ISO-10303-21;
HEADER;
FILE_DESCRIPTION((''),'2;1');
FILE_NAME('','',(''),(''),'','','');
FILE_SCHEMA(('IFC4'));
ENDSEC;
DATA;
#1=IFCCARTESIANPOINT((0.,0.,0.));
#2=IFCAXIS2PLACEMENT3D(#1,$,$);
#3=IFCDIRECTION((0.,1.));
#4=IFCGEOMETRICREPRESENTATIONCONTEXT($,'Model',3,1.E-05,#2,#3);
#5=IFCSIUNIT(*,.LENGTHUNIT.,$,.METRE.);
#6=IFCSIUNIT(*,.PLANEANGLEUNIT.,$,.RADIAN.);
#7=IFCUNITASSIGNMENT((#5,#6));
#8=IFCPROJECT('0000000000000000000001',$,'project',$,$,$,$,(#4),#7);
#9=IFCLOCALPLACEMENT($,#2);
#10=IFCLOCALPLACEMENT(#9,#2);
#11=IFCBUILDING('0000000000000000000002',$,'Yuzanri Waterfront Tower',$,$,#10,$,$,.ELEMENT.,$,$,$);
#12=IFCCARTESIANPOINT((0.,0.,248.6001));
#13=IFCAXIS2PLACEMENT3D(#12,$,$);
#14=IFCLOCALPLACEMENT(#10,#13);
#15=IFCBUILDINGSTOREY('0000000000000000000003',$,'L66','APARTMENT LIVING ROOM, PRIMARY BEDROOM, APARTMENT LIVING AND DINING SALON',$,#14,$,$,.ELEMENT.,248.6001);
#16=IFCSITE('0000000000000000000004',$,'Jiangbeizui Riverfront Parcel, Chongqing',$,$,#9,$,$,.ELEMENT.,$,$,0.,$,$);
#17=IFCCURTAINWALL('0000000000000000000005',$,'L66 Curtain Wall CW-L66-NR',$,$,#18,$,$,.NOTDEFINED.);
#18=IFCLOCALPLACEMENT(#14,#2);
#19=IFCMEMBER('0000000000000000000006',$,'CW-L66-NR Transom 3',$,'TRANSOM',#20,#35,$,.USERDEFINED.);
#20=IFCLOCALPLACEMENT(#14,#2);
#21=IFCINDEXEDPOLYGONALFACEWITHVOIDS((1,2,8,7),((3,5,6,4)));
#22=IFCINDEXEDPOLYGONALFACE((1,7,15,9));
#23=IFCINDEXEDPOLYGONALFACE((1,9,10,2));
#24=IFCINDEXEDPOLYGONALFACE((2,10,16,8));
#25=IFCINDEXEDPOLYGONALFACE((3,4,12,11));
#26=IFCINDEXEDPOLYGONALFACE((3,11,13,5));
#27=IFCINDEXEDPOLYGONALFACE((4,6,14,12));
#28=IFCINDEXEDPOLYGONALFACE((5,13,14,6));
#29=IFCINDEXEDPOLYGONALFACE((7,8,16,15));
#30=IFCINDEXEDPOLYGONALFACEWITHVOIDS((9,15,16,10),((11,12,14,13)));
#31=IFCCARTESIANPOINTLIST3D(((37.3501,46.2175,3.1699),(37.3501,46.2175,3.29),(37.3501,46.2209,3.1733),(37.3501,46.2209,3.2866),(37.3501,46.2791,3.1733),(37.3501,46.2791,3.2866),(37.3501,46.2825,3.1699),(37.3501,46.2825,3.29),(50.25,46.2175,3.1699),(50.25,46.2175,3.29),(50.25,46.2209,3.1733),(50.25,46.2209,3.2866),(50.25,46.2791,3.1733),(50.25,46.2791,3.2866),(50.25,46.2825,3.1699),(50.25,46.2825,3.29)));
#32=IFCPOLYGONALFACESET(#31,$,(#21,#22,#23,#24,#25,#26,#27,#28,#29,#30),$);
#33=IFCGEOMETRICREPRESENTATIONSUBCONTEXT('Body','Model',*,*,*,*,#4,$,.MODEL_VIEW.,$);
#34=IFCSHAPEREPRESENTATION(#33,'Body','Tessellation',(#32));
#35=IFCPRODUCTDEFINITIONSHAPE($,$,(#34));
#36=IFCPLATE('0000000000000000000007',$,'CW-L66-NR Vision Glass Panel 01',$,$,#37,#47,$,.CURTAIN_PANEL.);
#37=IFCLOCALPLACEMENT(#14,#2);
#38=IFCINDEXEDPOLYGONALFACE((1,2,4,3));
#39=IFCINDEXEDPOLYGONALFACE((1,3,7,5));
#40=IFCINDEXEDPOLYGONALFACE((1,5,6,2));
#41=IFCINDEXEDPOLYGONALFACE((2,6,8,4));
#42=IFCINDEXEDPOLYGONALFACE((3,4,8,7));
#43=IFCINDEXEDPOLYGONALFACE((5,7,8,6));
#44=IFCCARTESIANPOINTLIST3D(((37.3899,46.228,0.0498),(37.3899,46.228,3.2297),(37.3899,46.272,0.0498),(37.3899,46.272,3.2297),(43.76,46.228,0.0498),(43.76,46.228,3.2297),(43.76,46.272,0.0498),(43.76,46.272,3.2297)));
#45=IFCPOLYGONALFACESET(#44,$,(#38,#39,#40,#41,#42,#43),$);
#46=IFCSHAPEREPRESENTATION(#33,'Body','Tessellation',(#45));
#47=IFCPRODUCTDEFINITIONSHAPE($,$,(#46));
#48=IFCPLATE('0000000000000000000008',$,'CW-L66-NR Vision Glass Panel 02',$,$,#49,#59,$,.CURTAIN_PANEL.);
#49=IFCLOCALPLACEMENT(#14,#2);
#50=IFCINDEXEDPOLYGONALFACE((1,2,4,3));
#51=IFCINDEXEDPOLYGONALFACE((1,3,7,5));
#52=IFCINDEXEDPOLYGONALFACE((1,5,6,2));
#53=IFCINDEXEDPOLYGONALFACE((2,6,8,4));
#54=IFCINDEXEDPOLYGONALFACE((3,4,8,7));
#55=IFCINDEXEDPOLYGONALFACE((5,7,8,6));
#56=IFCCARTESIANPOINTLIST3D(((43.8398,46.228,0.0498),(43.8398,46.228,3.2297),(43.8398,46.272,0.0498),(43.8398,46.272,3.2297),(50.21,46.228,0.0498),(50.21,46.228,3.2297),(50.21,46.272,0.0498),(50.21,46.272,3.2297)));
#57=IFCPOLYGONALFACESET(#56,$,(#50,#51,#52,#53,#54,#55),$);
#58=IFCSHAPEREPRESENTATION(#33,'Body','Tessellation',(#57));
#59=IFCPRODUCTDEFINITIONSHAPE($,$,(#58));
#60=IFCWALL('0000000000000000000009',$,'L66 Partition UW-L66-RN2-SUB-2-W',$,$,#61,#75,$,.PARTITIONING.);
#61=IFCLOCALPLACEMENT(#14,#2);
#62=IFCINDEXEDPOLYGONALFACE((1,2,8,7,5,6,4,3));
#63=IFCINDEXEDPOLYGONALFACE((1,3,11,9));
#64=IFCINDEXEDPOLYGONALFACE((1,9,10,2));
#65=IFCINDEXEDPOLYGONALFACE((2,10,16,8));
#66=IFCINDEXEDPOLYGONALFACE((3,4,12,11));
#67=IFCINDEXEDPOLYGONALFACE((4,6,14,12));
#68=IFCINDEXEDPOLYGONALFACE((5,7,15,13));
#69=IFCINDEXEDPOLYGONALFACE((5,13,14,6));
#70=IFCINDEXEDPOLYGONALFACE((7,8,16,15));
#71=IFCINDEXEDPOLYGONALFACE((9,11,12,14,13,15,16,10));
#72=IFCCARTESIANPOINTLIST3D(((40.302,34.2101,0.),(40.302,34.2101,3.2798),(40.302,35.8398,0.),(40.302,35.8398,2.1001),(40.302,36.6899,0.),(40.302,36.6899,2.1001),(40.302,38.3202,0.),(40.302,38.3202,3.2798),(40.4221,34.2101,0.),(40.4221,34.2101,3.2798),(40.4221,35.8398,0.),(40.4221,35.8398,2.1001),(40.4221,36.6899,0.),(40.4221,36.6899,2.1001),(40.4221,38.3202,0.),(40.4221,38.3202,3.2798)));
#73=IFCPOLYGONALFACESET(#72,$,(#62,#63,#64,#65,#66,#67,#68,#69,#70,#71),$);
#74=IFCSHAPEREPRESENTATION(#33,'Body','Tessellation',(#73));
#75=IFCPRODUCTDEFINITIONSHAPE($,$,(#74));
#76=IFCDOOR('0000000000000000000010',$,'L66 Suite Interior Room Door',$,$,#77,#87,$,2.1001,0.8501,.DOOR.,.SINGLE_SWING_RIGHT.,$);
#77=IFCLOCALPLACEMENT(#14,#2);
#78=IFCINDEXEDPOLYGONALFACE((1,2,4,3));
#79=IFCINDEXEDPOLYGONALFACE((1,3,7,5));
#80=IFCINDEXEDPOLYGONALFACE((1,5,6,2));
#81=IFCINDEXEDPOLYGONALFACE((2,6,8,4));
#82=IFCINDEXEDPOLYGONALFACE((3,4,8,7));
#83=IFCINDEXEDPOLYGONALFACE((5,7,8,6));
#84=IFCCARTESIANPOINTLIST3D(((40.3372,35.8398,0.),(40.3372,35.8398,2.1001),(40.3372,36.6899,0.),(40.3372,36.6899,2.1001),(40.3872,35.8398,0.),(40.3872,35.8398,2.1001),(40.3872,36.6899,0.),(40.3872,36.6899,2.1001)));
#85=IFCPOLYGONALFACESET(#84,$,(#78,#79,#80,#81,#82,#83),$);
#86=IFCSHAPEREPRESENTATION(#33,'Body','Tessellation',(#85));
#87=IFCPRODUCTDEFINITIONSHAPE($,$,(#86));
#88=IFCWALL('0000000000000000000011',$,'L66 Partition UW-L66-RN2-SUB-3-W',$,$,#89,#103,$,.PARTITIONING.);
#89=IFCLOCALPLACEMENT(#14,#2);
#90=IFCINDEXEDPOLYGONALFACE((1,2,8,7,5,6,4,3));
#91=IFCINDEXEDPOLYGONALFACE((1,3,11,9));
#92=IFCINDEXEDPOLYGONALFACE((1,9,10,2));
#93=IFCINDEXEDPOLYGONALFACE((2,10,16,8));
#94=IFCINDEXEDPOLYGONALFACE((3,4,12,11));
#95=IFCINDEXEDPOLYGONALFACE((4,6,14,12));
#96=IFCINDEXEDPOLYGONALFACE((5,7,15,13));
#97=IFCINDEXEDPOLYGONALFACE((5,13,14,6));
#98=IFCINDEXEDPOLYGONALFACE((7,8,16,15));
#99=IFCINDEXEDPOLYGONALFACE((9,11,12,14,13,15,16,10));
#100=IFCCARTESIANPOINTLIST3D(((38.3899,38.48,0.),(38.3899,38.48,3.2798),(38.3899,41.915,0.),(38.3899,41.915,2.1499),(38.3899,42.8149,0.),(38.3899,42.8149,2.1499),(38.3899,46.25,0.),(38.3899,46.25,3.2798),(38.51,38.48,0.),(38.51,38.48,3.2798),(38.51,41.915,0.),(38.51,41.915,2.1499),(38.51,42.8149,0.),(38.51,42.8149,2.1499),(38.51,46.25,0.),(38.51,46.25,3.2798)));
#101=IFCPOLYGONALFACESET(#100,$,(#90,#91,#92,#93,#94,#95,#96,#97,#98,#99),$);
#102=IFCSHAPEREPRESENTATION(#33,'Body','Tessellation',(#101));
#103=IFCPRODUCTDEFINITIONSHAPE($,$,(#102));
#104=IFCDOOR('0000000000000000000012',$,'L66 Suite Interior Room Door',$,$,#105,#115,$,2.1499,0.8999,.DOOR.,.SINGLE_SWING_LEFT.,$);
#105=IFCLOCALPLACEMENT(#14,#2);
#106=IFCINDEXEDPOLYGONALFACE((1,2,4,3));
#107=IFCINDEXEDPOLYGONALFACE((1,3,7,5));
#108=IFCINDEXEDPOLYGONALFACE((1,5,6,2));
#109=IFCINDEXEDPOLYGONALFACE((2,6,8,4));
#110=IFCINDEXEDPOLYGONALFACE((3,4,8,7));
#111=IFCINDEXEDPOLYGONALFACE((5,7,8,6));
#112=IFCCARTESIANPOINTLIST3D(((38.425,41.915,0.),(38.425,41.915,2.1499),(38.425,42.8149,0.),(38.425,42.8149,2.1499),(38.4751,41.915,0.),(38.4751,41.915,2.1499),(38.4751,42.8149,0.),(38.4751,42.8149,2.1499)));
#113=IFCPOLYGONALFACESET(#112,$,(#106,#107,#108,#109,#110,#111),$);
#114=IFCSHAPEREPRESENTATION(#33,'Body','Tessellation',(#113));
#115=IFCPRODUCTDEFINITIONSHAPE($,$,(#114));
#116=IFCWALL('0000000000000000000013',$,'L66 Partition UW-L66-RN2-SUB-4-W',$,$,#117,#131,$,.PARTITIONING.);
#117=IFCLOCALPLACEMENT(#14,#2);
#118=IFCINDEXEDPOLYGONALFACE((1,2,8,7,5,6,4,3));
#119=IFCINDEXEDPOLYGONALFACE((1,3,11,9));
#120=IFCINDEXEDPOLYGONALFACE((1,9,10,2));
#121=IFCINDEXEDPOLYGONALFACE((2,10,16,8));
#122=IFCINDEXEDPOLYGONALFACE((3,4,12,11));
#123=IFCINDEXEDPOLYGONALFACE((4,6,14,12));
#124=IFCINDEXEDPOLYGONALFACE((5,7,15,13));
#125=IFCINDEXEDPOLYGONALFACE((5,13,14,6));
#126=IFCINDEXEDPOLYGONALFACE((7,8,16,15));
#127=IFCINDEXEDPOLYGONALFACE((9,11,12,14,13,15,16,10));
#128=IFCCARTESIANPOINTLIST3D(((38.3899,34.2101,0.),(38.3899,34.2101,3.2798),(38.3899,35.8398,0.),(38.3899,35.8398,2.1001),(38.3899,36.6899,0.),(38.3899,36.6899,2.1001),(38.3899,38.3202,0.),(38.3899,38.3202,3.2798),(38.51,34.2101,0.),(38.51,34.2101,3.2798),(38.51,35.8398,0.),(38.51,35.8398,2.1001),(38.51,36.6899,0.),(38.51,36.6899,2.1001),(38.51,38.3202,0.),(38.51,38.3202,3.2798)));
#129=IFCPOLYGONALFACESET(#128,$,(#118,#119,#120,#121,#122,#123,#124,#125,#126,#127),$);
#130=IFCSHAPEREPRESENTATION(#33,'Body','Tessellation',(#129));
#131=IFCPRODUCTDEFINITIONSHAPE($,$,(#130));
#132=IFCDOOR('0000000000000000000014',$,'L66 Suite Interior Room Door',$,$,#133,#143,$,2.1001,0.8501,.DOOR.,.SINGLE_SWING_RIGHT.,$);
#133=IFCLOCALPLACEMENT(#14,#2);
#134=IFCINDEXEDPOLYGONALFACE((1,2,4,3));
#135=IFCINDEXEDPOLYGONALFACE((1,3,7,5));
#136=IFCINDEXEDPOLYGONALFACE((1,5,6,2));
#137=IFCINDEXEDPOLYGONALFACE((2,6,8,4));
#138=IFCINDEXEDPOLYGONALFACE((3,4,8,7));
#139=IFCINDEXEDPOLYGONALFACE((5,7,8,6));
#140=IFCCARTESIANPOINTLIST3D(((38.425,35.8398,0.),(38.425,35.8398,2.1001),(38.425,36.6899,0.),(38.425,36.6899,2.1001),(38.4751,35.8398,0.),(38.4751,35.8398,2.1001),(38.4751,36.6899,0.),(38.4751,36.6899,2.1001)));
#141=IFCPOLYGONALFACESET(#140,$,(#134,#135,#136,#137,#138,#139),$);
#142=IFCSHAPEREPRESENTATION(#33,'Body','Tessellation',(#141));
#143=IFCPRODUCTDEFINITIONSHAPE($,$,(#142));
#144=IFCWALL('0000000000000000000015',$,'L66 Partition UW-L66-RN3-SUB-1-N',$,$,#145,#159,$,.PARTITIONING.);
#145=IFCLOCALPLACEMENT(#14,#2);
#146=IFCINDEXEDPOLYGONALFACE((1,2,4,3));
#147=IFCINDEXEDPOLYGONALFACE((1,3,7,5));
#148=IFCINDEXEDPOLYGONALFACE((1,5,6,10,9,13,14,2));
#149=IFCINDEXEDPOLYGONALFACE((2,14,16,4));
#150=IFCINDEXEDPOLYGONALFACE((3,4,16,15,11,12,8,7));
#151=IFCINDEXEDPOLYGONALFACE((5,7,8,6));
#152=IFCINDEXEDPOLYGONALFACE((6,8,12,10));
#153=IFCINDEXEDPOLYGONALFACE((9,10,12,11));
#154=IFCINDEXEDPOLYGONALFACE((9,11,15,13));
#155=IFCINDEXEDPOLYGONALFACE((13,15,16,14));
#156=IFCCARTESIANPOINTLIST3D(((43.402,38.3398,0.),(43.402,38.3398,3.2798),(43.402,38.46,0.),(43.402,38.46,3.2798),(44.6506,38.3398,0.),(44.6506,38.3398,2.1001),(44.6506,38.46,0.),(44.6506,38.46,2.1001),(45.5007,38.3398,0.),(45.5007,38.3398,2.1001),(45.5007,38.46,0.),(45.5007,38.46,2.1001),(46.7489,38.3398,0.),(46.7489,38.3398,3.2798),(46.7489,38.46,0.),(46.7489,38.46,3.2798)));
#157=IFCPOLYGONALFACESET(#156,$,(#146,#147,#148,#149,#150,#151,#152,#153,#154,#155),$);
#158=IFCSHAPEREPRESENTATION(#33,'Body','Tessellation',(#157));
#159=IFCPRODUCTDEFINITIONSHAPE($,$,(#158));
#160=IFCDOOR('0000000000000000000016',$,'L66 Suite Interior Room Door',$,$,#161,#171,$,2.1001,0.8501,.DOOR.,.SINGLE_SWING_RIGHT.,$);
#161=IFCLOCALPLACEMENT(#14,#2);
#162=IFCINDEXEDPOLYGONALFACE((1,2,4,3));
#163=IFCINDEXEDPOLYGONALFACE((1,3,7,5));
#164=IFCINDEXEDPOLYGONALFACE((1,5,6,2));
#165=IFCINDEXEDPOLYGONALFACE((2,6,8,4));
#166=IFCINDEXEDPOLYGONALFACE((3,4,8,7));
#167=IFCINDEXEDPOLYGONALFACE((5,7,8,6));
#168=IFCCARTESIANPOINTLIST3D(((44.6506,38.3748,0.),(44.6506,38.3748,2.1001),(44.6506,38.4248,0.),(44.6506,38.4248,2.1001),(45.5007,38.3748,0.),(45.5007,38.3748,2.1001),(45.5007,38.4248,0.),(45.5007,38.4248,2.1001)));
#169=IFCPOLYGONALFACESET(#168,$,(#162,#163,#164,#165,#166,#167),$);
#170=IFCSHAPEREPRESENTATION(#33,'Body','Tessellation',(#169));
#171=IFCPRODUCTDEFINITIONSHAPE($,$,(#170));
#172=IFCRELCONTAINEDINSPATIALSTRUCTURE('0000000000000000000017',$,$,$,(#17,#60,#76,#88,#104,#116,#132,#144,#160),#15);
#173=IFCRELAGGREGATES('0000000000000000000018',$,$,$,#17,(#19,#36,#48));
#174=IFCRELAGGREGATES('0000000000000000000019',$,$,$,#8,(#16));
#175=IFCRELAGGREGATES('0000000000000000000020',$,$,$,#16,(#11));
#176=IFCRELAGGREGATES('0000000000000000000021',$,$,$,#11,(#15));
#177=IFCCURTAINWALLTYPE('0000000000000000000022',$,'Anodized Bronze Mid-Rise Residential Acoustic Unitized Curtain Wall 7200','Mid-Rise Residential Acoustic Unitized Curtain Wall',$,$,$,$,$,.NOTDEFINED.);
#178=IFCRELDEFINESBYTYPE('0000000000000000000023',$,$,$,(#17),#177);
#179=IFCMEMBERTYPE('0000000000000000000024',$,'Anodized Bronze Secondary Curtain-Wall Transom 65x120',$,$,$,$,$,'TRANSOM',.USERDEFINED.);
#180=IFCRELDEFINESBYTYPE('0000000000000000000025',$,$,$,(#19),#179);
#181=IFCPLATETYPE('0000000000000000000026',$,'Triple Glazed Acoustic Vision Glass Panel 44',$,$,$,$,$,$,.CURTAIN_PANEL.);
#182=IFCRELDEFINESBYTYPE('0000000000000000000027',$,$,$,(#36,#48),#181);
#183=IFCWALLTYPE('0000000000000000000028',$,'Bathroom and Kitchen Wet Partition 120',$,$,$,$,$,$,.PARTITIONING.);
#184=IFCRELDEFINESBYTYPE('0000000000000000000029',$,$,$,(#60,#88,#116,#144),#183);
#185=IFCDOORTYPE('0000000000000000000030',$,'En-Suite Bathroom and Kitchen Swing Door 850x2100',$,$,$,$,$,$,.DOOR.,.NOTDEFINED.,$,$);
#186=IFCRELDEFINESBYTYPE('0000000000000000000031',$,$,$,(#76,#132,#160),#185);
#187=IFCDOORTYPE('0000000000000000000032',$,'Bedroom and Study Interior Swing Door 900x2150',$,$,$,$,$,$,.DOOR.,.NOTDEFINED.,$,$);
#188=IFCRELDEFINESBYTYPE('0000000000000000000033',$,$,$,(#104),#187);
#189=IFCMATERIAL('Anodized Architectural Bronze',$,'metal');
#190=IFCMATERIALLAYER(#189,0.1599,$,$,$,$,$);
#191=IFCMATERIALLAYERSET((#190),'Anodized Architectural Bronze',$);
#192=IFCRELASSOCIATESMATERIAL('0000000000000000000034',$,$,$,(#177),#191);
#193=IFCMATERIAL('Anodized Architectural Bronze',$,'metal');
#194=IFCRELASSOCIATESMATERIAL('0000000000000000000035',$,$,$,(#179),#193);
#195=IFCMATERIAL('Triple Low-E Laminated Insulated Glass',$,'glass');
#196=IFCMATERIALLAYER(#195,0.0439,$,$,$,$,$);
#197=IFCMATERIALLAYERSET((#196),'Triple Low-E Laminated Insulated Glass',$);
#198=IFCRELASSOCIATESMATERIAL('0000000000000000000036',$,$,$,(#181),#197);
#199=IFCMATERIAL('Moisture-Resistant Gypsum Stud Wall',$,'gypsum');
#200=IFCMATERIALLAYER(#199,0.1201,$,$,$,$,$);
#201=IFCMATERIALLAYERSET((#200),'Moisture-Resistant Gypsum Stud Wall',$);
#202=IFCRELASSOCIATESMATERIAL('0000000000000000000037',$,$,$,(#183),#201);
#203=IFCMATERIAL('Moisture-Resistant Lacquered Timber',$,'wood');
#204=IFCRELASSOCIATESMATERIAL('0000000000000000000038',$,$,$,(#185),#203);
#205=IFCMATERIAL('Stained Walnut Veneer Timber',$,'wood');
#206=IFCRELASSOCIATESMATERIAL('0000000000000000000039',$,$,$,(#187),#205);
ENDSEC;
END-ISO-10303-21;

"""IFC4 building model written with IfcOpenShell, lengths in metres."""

from ifc_helpers import new_model, si_unit, direction, frame, frame_2d, origin, origin_2d, place, context, subcontext, project, spatial, rectangle, hollow_rectangle, extrude, source, transform, mapped, material, layer, layer_set, material_profile, profile_set, type_object, element, fill, aggregate, save


model = new_model("IFC4")

# Units and contexts
model_context = context("Model", 3, precision=1e-05, world=origin(), true_north=direction((0.0, 1.0)))
body_context = subcontext(model_context, "Body", "Model", "MODEL_VIEW")
ifc_project = project(units=[si_unit("LENGTHUNIT", "METRE"), si_unit("PLANEANGLEUNIT", "RADIAN")], contexts=[model_context])

# Site, building, storey
site_placement = place(None, origin())
site = spatial("IfcSite", under=ifc_project, at=site_placement, Name="Jiangbeizui Riverfront Parcel, Chongqing", CompositionType="ELEMENT", RefElevation=0.0)
building_placement = place(site_placement, origin())
building = spatial("IfcBuilding", under=site, at=building_placement, Name="Yuzanri Waterfront Tower", CompositionType="ELEMENT")
storey_placement = place(building_placement, frame((0.0, 0.0, 248.6001)))
storey = spatial("IfcBuildingStorey", under=building, at=storey_placement, Name="L66", Description="APARTMENT LIVING ROOM, PRIMARY BEDROOM, APARTMENT LIVING AND DINING SALON", CompositionType="ELEMENT", Elevation=248.6001)

# Curtain wall, member, plates
ifc_material_1 = material(Name="Anodized Architectural Bronze", Category="metal")
ifc_layer_1 = layer(ifc_material_1, 0.1599)
ifc_layer_set_1 = layer_set([ifc_layer_1], Name="Anodized Architectural Bronze")
curtain_wall_type = type_object("IfcCurtainWallType", Name="Anodized Bronze Mid-Rise Residential Acoustic Unitized Curtain Wall 7200", Description="Mid-Rise Residential Acoustic Unitized Curtain Wall", PredefinedType="NOTDEFINED", material=ifc_layer_set_1)
curtain_wall_placement = place(storey_placement, origin())
curtain_wall = element("IfcCurtainWall", 1, at=curtain_wall_placement, inside=storey, type_object=curtain_wall_type, Name="L66 Curtain Wall CW-L66-NR", PredefinedType="NOTDEFINED")
ifc_material_2 = material(Name="Anodized Architectural Bronze", Category="metal")
ifc_material_profile_1 = material_profile(ifc_material_2, hollow_rectangle(XDim=0.0649, YDim=0.1201, WallThickness=0.0034, at=origin_2d()), Name="CWT 65x120")
ifc_profile_set_1 = profile_set([ifc_material_profile_1], Name="Anodized Architectural Bronze")
member_type_1 = type_object("IfcMemberType", Name="Anodized Bronze Secondary Curtain-Wall Transom 65x120", ElementType="TRANSOM", PredefinedType="USERDEFINED", material=ifc_profile_set_1)
shared_shape_1 = source(origin(), body_context, "Body", "SweptSolid", [
    extrude(hollow_rectangle(XDim=0.0649, YDim=0.1201, WallThickness=0.0034, at=origin_2d()), origin(), (0.0, 0.0, 1.0), 12.8999),
])
member_1_placement = place(storey_placement, frame((37.3501, 46.25, 3.23), z_axis=(1.0, 0.0, 0.0), x_axis=(0.0, 1.0, 0.0)))
member_1 = element("IfcMember", 2, at=member_1_placement, type_object=member_type_1, Name="CW-L66-NR Transom 3", ObjectType="TRANSOM", PredefinedType="USERDEFINED", context=body_context, shape_type="MappedRepresentation", body=[
    mapped(shared_shape_1, transform((0.0, 0.0, 0.0), scale=1.0)),
])
ifc_material_3 = material(Name="Triple Low-E Laminated Insulated Glass", Category="glass")
ifc_layer_2 = layer(ifc_material_3, 0.0439)
ifc_layer_set_2 = layer_set([ifc_layer_2], Name="Triple Low-E Laminated Insulated Glass")
plate_type = type_object("IfcPlateType", Name="Triple Glazed Acoustic Vision Glass Panel 44", PredefinedType="CURTAIN_PANEL", material=ifc_layer_set_2)
shared_shape_2 = source(origin(), body_context, "Body", "SweptSolid", [
    extrude(rectangle(XDim=6.3701, YDim=0.0439, at=origin_2d()), origin(), (0.0, 0.0, 1.0), 3.1799),
])
plate_1_placement = place(storey_placement, frame((40.575, 46.25, 0.0498), z_axis=(0.0, 0.0, 1.0), x_axis=(1.0, 0.0, 0.0)))
plate_1 = element("IfcPlate", 3, at=plate_1_placement, type_object=plate_type, Name="CW-L66-NR Vision Glass Panel 01", PredefinedType="CURTAIN_PANEL", context=body_context, shape_type="MappedRepresentation", body=[
    mapped(shared_shape_2, transform((0.0, 0.0, 0.0), scale=1.0)),
])
plate_2_placement = place(storey_placement, frame((47.0249, 46.25, 0.0498), z_axis=(0.0, 0.0, 1.0), x_axis=(1.0, 0.0, 0.0)))
plate_2 = element("IfcPlate", 4, at=plate_2_placement, type_object=plate_type, Name="CW-L66-NR Vision Glass Panel 02", PredefinedType="CURTAIN_PANEL", context=body_context, shape_type="MappedRepresentation", body=[
    mapped(shared_shape_2, transform((0.0, 0.0, 0.0), scale=1.0)),
])
aggregate(curtain_wall, [member_1, plate_1, plate_2])

# Walls, openings, doors
ifc_material_4 = material(Name="Moisture-Resistant Gypsum Stud Wall", Category="gypsum")
ifc_layer_3 = layer(ifc_material_4, 0.1201)
ifc_layer_set_3 = layer_set([ifc_layer_3], Name="Moisture-Resistant Gypsum Stud Wall")
wall_type_1 = type_object("IfcWallType", Name="Bathroom and Kitchen Wet Partition 120", PredefinedType="PARTITIONING", material=ifc_layer_set_3)
wall_1_placement = place(storey_placement, frame((40.3621, 34.21, 0.0), z_axis=(0.0, 0.0, 1.0), x_axis=(0.0, 1.0, 0.0)))
wall_1 = element("IfcWall", 5, at=wall_1_placement, inside=storey, type_object=wall_type_1, Name="L66 Partition UW-L66-RN2-SUB-2-W", PredefinedType="PARTITIONING", context=body_context, shape_type="SweptSolid", body=[
    extrude(rectangle(XDim=4.1101, YDim=0.1201, at=frame_2d((2.0552, 0.0))), origin(), (0.0, 0.0, 1.0), 3.2798),
])
opening_1_placement = place(wall_1_placement, frame((1.6299, 0.0, 0.0)))
opening_1 = element("IfcOpeningElement", 6, at=opening_1_placement, cuts=wall_1, PredefinedType="OPENING", context=body_context, shape_type="SweptSolid", body=[
    extrude(rectangle(XDim=0.8501, YDim=2.1001, at=frame_2d((0.425, 1.05))), frame((0.0, 0.075, 0.0), z_axis=(0.0, -1.0, 0.0), x_axis=(1.0, 0.0, 0.0)), (0.0, 0.0, 1.0), 0.1499),
])
ifc_material_5 = material(Name="Moisture-Resistant Lacquered Timber", Category="wood")
door_type_1 = type_object("IfcDoorType", Name="En-Suite Bathroom and Kitchen Swing Door 850x2100", OperationType="NOTDEFINED", PredefinedType="DOOR", material=ifc_material_5)
shared_shape_3 = source(origin(), body_context, "Body", "SweptSolid", [
    extrude(rectangle(XDim=0.8501, YDim=2.1001, at=frame_2d((0.425, 1.05))), frame((0.0, 0.0249, 0.0), z_axis=(0.0, -1.0, 0.0), x_axis=(1.0, 0.0, 0.0)), (0.0, 0.0, 1.0), 0.05),
])
door_1_placement = place(opening_1_placement, origin())
door_1 = element("IfcDoor", 7, at=door_1_placement, inside=storey, type_object=door_type_1, Name="L66 Suite Interior Room Door", OperationType="SINGLE_SWING_RIGHT", OverallHeight=2.1001, OverallWidth=0.8501, PredefinedType="DOOR", context=body_context, shape_type="MappedRepresentation", body=[
    mapped(shared_shape_3, transform((0.0, 0.0, 0.0), scale=1.0)),
])
fill(opening_1, door_1)
wall_2_placement = place(storey_placement, frame((38.45, 38.48, 0.0), z_axis=(0.0, 0.0, 1.0), x_axis=(0.0, 1.0, 0.0)))
wall_2 = element("IfcWall", 8, at=wall_2_placement, inside=storey, type_object=wall_type_1, Name="L66 Partition UW-L66-RN2-SUB-3-W", PredefinedType="PARTITIONING", context=body_context, shape_type="SweptSolid", body=[
    extrude(rectangle(XDim=7.77, YDim=0.1201, at=frame_2d((3.885, 0.0))), origin(), (0.0, 0.0, 1.0), 3.2798),
])
opening_2_placement = place(wall_2_placement, frame((3.4351, 0.0, 0.0)))
opening_2 = element("IfcOpeningElement", 9, at=opening_2_placement, cuts=wall_2, PredefinedType="OPENING", context=body_context, shape_type="SweptSolid", body=[
    extrude(rectangle(XDim=0.8999, YDim=2.1499, at=frame_2d((0.45, 1.075))), frame((0.0, 0.075, 0.0), z_axis=(0.0, -1.0, 0.0), x_axis=(1.0, 0.0, 0.0)), (0.0, 0.0, 1.0), 0.1499),
])
ifc_material_6 = material(Name="Stained Walnut Veneer Timber", Category="wood")
door_type_2 = type_object("IfcDoorType", Name="Bedroom and Study Interior Swing Door 900x2150", OperationType="NOTDEFINED", PredefinedType="DOOR", material=ifc_material_6)
shared_shape_4 = source(origin(), body_context, "Body", "SweptSolid", [
    extrude(rectangle(XDim=0.8999, YDim=2.1499, at=frame_2d((0.45, 1.075))), frame((0.0, 0.0249, 0.0), z_axis=(0.0, -1.0, 0.0), x_axis=(1.0, 0.0, 0.0)), (0.0, 0.0, 1.0), 0.05),
])
door_2_placement = place(opening_2_placement, origin())
door_2 = element("IfcDoor", 10, at=door_2_placement, inside=storey, type_object=door_type_2, Name="L66 Suite Interior Room Door", OperationType="SINGLE_SWING_LEFT", OverallHeight=2.1499, OverallWidth=0.8999, PredefinedType="DOOR", context=body_context, shape_type="MappedRepresentation", body=[
    mapped(shared_shape_4, transform((0.0, 0.0, 0.0), scale=1.0)),
])
fill(opening_2, door_2)
wall_3_placement = place(storey_placement, frame((38.45, 34.21, 0.0), z_axis=(0.0, 0.0, 1.0), x_axis=(0.0, 1.0, 0.0)))
wall_3 = element("IfcWall", 11, at=wall_3_placement, inside=storey, type_object=wall_type_1, Name="L66 Partition UW-L66-RN2-SUB-4-W", PredefinedType="PARTITIONING", context=body_context, shape_type="SweptSolid", body=[
    extrude(rectangle(XDim=4.1101, YDim=0.1201, at=frame_2d((2.0552, 0.0))), origin(), (0.0, 0.0, 1.0), 3.2798),
])
opening_3_placement = place(wall_3_placement, frame((1.6299, 0.0, 0.0)))
opening_3 = element("IfcOpeningElement", 12, at=opening_3_placement, cuts=wall_3, PredefinedType="OPENING", context=body_context, shape_type="SweptSolid", body=[
    extrude(rectangle(XDim=0.8501, YDim=2.1001, at=frame_2d((0.425, 1.05))), frame((0.0, 0.075, 0.0), z_axis=(0.0, -1.0, 0.0), x_axis=(1.0, 0.0, 0.0)), (0.0, 0.0, 1.0), 0.1499),
])
door_3_placement = place(opening_3_placement, origin())
door_3 = element("IfcDoor", 13, at=door_3_placement, inside=storey, type_object=door_type_1, Name="L66 Suite Interior Room Door", OperationType="SINGLE_SWING_RIGHT", OverallHeight=2.1001, OverallWidth=0.8501, PredefinedType="DOOR", context=body_context, shape_type="MappedRepresentation", body=[
    mapped(shared_shape_3, transform((0.0, 0.0, 0.0), scale=1.0)),
])
fill(opening_3, door_3)
wall_4_placement = place(storey_placement, frame((43.4021, 38.3999, 0.0), z_axis=(0.0, 0.0, 1.0), x_axis=(1.0, 0.0, 0.0)))
wall_4 = element("IfcWall", 14, at=wall_4_placement, inside=storey, type_object=wall_type_1, Name="L66 Partition UW-L66-RN3-SUB-1-N", PredefinedType="PARTITIONING", context=body_context, shape_type="SweptSolid", body=[
    extrude(rectangle(XDim=3.3469, YDim=0.1201, at=frame_2d((1.6733, 0.0))), origin(), (0.0, 0.0, 1.0), 3.2798),
])
opening_4_placement = place(wall_4_placement, frame((1.2485, 0.0, 0.0)))
opening_4 = element("IfcOpeningElement", 15, at=opening_4_placement, cuts=wall_4, PredefinedType="OPENING", context=body_context, shape_type="SweptSolid", body=[
    extrude(rectangle(XDim=0.8501, YDim=2.1001, at=frame_2d((0.425, 1.05))), frame((0.0, 0.075, 0.0), z_axis=(0.0, -1.0, 0.0), x_axis=(1.0, 0.0, 0.0)), (0.0, 0.0, 1.0), 0.1499),
])
door_4_placement = place(opening_4_placement, origin())
door_4 = element("IfcDoor", 16, at=door_4_placement, inside=storey, type_object=door_type_1, Name="L66 Suite Interior Room Door", OperationType="SINGLE_SWING_RIGHT", OverallHeight=2.1001, OverallWidth=0.8501, PredefinedType="DOOR", context=body_context, shape_type="MappedRepresentation", body=[
    mapped(shared_shape_3, transform((0.0, 0.0, 0.0), scale=1.0)),
])
fill(opening_4, door_4)

save(model, "model.ifc")
